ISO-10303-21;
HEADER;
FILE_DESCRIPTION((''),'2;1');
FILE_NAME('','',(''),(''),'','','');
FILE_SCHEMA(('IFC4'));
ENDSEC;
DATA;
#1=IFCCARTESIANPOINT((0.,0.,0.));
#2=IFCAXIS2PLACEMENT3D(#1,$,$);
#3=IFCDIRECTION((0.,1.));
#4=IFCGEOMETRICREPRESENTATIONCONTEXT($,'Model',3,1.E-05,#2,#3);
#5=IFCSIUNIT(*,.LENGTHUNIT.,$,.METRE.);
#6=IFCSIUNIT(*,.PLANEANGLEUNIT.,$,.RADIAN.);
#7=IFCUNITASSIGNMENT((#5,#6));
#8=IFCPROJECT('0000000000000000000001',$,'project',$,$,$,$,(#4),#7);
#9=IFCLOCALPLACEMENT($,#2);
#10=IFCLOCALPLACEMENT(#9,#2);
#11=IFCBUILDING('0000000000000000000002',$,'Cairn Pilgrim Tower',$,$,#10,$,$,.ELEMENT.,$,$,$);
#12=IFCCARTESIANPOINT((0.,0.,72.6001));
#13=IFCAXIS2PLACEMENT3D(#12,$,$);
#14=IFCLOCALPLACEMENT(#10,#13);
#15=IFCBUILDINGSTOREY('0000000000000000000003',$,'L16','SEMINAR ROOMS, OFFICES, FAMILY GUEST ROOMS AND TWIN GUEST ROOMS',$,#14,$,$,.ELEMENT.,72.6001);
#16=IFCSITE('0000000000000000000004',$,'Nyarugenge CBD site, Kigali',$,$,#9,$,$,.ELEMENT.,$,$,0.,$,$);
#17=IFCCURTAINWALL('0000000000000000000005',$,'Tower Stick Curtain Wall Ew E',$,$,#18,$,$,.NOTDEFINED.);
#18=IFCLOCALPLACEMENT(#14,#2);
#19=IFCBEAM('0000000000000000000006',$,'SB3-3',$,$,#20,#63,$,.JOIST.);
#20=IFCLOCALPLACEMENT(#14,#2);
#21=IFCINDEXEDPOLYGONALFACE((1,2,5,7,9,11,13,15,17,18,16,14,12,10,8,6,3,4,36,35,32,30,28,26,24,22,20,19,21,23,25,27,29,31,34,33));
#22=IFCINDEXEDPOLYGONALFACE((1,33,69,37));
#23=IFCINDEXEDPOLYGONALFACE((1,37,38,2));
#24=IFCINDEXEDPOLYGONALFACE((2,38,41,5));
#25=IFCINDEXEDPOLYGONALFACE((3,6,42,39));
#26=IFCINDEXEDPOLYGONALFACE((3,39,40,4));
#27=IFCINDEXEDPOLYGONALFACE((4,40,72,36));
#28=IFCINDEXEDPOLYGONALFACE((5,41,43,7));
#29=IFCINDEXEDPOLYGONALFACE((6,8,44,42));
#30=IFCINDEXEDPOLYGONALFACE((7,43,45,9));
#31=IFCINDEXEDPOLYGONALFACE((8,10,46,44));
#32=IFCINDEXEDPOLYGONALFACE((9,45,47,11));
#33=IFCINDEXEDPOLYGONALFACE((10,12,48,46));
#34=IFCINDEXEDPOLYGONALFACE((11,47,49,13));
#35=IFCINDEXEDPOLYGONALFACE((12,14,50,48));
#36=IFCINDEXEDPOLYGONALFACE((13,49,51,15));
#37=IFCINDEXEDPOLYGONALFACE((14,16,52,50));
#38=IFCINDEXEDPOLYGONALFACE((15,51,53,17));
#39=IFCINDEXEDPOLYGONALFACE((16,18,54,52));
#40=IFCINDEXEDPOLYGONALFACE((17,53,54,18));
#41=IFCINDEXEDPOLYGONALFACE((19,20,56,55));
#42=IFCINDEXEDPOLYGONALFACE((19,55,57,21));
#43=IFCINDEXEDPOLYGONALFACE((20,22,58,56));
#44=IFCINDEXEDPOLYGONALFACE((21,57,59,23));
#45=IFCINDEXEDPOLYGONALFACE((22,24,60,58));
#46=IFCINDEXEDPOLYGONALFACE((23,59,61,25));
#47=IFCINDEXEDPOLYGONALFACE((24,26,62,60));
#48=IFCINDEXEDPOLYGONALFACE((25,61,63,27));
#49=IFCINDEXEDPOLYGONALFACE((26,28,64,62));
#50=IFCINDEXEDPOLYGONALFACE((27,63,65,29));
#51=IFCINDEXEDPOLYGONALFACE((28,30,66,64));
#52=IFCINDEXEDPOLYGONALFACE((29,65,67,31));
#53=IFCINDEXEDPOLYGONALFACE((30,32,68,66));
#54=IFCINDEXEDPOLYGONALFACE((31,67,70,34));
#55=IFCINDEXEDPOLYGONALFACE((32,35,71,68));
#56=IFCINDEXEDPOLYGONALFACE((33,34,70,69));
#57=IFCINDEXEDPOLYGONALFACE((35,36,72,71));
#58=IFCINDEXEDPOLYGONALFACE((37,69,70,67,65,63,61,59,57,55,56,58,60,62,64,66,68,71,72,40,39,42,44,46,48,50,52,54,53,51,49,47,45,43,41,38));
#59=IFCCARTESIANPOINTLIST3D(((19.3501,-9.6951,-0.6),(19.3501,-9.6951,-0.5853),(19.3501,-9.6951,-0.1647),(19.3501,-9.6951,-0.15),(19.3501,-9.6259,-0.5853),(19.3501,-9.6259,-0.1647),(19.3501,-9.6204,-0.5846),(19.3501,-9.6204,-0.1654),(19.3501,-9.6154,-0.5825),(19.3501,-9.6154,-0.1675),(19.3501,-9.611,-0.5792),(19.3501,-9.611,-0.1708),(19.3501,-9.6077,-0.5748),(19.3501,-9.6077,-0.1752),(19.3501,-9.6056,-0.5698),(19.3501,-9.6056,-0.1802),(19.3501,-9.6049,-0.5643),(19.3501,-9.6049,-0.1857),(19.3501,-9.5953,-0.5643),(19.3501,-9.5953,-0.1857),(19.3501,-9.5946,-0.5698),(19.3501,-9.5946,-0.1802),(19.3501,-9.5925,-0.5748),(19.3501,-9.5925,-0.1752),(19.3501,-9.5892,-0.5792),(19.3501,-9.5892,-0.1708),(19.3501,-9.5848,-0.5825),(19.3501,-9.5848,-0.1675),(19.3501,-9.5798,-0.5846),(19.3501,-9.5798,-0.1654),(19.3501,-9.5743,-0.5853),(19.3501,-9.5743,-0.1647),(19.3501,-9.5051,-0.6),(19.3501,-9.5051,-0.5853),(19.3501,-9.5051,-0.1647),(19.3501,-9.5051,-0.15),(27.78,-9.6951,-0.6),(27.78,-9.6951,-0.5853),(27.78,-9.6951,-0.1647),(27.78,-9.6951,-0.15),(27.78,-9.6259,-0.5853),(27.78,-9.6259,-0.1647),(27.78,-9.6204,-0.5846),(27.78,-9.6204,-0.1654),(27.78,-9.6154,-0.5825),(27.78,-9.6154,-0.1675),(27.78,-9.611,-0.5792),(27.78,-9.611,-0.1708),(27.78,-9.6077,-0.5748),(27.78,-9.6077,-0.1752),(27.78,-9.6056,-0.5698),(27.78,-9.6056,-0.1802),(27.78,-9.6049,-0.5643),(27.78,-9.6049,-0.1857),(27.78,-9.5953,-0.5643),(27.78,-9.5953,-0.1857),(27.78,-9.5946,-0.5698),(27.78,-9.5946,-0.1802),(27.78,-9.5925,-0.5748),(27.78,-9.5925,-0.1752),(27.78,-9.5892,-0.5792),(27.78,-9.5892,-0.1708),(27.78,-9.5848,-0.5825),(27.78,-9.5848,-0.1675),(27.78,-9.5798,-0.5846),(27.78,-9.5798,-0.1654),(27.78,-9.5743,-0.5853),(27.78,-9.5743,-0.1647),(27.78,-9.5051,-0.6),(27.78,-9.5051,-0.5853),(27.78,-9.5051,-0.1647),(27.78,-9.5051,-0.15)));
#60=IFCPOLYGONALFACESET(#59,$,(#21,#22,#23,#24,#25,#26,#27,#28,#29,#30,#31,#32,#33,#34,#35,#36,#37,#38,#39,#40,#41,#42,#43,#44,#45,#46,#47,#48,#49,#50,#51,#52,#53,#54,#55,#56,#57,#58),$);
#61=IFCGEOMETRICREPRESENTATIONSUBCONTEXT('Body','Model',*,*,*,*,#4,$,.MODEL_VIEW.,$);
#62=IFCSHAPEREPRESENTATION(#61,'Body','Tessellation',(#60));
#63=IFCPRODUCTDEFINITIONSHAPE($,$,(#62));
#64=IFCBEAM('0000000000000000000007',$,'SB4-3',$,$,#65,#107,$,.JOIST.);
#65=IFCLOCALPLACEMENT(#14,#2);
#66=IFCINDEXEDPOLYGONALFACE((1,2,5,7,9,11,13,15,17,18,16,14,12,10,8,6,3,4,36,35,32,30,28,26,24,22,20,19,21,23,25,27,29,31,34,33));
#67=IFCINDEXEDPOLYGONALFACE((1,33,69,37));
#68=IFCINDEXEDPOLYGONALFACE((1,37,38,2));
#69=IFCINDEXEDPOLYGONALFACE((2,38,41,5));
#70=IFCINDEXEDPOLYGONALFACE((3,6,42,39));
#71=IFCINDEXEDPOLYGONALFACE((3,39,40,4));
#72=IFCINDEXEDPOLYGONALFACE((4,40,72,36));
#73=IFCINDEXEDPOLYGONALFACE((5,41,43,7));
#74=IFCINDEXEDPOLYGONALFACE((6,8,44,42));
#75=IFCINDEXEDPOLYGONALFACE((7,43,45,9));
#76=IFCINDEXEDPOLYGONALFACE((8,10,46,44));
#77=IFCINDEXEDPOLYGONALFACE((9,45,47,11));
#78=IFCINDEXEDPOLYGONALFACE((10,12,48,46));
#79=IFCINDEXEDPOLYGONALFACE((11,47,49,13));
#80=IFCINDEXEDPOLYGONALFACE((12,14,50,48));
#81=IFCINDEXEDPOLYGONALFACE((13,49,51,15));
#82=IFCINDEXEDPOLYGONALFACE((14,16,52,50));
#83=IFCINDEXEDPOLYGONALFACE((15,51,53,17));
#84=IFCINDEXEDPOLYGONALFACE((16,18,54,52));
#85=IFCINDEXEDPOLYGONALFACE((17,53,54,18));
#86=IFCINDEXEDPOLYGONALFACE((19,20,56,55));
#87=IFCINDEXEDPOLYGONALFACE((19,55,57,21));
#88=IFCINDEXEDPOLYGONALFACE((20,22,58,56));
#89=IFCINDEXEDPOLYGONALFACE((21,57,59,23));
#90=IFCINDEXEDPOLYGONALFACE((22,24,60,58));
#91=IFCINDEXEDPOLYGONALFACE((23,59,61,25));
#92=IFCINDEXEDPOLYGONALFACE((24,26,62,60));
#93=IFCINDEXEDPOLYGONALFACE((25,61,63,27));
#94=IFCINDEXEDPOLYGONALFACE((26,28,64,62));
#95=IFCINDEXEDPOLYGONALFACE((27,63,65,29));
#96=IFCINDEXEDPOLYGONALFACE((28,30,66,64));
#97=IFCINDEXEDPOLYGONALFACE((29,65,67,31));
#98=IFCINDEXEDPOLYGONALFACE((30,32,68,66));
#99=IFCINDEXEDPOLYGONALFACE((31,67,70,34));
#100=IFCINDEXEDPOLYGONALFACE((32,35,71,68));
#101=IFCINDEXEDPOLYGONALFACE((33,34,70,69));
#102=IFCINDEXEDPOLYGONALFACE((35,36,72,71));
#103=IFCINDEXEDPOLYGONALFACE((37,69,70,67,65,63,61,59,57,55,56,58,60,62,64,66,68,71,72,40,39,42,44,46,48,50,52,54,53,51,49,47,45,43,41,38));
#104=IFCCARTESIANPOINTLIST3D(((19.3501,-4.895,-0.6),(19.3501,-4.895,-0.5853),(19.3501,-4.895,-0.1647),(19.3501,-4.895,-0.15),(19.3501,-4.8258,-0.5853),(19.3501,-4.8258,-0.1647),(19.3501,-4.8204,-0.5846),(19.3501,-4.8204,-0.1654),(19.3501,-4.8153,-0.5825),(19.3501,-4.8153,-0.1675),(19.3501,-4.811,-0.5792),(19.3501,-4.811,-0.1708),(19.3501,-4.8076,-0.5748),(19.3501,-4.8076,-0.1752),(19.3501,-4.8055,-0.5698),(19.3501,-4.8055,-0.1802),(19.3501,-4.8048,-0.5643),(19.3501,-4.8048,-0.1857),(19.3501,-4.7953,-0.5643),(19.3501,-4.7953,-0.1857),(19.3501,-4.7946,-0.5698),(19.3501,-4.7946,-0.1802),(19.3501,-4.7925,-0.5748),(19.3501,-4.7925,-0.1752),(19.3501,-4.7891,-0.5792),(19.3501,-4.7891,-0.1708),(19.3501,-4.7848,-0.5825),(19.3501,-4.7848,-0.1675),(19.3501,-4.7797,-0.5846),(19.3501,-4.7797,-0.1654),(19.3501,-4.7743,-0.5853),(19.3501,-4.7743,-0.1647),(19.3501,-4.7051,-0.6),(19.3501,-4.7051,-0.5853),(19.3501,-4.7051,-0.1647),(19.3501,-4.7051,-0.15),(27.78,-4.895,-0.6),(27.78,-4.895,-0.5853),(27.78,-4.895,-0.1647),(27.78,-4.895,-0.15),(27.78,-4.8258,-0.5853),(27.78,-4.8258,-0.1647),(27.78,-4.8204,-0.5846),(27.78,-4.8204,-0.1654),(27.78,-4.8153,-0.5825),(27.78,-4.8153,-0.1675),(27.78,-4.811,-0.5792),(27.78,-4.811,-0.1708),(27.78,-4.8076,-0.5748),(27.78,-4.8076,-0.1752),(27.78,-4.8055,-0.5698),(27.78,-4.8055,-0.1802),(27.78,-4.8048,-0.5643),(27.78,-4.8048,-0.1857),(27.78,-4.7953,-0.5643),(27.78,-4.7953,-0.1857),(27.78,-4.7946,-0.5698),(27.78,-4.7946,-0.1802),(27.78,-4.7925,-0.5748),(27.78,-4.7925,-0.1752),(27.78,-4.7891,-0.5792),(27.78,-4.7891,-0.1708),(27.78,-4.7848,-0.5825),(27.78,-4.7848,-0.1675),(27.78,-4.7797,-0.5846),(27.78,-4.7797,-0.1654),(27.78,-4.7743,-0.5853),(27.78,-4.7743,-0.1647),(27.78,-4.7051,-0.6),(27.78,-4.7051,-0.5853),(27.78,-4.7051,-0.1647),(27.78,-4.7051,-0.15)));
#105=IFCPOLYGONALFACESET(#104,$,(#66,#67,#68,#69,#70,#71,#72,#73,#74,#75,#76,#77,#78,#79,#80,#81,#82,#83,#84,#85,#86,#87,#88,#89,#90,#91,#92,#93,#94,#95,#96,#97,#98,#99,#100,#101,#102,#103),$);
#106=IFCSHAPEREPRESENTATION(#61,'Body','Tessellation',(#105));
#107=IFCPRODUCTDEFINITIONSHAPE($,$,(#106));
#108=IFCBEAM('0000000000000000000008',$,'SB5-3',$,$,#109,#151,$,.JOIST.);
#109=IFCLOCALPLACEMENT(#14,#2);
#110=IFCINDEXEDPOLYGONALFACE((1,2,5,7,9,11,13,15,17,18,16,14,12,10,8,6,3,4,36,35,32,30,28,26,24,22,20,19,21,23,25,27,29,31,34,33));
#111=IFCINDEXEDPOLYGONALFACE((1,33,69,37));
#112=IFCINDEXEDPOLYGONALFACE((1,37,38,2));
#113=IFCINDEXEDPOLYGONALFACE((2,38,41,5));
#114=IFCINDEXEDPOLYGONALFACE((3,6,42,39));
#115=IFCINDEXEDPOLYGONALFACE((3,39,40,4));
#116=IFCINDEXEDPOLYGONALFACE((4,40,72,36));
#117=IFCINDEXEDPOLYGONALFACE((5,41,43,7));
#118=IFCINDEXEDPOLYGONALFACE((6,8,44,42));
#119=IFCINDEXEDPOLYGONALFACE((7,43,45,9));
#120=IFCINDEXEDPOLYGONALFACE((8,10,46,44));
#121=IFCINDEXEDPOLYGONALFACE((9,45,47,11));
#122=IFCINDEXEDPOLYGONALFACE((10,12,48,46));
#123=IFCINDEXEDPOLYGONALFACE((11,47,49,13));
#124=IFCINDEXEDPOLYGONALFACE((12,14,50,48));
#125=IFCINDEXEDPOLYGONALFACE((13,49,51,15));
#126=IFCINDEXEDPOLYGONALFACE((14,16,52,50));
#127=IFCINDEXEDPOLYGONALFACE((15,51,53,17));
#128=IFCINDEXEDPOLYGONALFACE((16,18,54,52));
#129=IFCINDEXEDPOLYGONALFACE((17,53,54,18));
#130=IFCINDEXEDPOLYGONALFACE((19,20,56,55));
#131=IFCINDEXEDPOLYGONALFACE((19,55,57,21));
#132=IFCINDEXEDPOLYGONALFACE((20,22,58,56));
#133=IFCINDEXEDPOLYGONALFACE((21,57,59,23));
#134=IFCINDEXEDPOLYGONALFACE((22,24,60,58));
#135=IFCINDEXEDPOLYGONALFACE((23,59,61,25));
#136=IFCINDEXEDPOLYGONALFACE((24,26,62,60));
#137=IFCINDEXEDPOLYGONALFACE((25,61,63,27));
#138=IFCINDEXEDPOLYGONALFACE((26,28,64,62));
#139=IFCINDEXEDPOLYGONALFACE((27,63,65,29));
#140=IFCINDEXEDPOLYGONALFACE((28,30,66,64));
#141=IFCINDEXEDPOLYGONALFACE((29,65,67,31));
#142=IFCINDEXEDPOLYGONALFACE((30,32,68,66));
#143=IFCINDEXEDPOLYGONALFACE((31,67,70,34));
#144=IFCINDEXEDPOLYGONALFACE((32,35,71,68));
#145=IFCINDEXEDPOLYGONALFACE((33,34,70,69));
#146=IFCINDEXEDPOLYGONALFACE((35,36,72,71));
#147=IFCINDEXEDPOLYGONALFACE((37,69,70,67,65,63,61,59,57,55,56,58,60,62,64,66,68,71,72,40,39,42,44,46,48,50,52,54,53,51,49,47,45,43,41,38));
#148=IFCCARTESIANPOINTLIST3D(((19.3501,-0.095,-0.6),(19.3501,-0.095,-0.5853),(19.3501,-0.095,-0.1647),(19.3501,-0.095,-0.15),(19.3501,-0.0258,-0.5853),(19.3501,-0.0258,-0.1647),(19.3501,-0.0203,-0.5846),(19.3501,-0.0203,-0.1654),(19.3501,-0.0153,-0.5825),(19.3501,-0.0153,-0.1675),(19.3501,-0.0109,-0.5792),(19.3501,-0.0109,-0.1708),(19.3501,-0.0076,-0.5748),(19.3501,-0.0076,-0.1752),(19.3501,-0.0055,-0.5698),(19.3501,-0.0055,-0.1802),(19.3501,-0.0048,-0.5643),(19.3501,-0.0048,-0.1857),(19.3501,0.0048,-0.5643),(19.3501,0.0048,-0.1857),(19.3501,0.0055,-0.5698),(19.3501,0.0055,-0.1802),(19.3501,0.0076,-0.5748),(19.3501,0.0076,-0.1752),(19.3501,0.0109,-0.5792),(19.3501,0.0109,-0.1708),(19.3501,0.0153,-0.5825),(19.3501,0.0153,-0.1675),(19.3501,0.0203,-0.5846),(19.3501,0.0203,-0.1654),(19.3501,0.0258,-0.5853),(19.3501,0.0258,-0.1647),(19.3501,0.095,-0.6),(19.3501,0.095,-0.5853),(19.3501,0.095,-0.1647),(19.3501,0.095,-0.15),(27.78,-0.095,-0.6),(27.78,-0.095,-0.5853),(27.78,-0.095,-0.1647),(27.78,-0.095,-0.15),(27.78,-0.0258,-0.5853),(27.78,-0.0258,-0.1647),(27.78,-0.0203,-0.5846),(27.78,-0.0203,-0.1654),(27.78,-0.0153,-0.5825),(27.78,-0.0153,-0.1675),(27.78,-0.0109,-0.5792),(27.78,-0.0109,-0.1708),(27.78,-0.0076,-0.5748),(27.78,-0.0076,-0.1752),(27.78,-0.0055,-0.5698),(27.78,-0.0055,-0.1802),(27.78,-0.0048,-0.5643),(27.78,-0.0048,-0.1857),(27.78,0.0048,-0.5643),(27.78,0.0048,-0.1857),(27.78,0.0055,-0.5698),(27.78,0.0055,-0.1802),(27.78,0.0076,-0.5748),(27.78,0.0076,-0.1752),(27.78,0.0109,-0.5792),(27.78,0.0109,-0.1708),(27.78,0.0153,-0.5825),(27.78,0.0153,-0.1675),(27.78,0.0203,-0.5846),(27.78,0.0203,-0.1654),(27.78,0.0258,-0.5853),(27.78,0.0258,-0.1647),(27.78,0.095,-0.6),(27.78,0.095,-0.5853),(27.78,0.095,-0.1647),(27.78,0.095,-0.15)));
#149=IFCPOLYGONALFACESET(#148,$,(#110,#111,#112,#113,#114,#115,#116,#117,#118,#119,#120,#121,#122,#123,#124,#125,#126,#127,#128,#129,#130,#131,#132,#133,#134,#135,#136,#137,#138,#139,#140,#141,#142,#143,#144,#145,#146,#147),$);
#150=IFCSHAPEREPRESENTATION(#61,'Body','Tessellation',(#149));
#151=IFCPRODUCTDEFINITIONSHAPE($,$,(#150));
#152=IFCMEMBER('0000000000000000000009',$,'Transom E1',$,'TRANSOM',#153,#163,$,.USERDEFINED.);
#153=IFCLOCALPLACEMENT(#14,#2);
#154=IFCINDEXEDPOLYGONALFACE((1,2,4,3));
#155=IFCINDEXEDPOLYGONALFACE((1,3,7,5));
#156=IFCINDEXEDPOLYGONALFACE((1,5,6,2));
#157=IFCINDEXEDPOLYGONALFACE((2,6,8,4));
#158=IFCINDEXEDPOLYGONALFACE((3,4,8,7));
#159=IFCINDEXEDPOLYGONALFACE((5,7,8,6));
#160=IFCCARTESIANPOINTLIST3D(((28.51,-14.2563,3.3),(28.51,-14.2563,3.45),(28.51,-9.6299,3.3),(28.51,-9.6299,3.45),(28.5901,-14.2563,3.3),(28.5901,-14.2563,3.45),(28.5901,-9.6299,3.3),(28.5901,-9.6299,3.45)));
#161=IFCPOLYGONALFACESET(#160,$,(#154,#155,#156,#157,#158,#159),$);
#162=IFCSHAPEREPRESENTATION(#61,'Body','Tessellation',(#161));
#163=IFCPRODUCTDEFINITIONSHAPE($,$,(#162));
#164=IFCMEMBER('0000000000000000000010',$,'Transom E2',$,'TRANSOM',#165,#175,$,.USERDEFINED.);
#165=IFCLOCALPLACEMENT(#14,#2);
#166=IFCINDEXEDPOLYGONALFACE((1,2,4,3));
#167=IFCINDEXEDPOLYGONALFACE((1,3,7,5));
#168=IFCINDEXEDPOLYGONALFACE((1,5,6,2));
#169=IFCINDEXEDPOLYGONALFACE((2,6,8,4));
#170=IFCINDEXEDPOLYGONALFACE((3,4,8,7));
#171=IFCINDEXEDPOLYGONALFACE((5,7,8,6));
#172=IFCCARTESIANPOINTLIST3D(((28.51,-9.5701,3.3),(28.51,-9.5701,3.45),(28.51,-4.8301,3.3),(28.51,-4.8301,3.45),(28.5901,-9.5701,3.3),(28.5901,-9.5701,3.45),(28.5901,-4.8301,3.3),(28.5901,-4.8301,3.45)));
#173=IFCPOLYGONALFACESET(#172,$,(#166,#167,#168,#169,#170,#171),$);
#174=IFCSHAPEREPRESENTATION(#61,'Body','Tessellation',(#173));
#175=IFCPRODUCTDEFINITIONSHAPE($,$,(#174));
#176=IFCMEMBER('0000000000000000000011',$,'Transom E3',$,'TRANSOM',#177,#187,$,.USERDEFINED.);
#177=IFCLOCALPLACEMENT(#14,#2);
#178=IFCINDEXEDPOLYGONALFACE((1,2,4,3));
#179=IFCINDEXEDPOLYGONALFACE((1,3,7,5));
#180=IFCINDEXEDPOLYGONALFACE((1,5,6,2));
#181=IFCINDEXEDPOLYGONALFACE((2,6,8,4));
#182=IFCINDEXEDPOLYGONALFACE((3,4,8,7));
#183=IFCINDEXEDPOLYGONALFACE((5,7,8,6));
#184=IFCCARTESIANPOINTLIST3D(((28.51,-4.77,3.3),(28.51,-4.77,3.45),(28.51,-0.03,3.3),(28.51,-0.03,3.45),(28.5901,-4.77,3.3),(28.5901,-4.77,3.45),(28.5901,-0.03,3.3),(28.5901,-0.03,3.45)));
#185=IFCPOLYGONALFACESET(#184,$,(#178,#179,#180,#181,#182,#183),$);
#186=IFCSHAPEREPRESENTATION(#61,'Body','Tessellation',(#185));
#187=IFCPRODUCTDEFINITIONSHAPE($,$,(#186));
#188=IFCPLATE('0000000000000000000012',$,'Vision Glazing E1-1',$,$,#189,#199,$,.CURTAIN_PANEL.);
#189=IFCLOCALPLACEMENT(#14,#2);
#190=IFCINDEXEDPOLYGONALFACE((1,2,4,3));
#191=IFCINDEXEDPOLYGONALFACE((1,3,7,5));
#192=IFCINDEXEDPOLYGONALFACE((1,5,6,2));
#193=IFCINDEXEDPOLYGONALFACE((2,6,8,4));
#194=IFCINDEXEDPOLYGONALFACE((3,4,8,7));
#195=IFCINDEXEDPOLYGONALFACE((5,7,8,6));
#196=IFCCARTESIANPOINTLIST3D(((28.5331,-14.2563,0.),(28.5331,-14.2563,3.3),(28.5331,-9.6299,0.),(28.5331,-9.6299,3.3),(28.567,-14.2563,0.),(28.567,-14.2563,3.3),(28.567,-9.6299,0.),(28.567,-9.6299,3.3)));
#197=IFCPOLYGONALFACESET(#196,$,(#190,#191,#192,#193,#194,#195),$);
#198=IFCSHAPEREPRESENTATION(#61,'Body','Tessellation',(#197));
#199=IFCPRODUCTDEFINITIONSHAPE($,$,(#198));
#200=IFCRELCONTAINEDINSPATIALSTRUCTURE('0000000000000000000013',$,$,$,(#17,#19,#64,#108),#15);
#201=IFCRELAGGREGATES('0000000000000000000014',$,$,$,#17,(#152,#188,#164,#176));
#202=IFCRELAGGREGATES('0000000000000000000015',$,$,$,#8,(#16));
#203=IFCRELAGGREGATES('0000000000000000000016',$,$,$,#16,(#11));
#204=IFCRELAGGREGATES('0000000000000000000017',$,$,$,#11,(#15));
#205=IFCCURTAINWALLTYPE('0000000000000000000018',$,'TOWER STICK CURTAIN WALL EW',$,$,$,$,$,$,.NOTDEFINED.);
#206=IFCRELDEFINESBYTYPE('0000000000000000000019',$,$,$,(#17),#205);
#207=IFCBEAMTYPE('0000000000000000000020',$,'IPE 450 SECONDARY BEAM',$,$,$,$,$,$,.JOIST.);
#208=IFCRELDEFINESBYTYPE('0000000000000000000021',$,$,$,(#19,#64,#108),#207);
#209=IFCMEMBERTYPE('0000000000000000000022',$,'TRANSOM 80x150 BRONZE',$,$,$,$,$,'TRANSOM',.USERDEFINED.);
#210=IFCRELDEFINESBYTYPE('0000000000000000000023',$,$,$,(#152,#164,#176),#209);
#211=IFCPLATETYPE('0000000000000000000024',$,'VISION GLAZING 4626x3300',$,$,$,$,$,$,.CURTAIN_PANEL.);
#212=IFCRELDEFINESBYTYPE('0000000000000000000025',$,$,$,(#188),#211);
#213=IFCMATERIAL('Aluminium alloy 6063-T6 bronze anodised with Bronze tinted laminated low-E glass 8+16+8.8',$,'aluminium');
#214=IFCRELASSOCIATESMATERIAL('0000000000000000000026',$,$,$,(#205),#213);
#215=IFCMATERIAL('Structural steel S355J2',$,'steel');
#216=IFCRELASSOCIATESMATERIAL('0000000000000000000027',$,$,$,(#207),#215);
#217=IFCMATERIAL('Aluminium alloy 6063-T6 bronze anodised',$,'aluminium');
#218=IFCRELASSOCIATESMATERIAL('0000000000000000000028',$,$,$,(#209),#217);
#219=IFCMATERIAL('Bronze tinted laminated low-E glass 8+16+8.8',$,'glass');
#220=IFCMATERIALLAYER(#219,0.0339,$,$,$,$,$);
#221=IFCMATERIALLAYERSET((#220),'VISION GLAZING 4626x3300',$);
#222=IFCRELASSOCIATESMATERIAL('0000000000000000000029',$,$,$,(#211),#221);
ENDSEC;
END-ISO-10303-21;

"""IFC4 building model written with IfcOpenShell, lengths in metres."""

from ifc_helpers import new_model, si_unit, direction, frame, origin, origin_2d, place, context, subcontext, project, spatial, rectangle, i_section, extrude, material, layer, layer_set, material_profile, profile_set, type_object, element, aggregate, save


model = new_model("IFC4")

# Units and contexts
model_context = context("Model", 3, precision=1e-05, world=origin(), true_north=direction((0.0, 1.0)))
body_context = subcontext(model_context, "Body", "Model", "MODEL_VIEW")
ifc_project = project(units=[si_unit("LENGTHUNIT", "METRE"), si_unit("PLANEANGLEUNIT", "RADIAN")], contexts=[model_context])

# Site, building, storey
site_placement = place(None, origin())
site = spatial("IfcSite", under=ifc_project, at=site_placement, Name="Nyarugenge CBD site, Kigali", CompositionType="ELEMENT", RefElevation=0.0)
building_placement = place(site_placement, origin())
building = spatial("IfcBuilding", under=site, at=building_placement, Name="Cairn Pilgrim Tower", CompositionType="ELEMENT")
storey_placement = place(building_placement, frame((0.0, 0.0, 72.6001)))
storey = spatial("IfcBuildingStorey", under=building, at=storey_placement, Name="L16", Description="SEMINAR ROOMS, OFFICES, FAMILY GUEST ROOMS AND TWIN GUEST ROOMS", CompositionType="ELEMENT", Elevation=72.6001)

# Curtain wall
ifc_material_1 = material(Name="Aluminium alloy 6063-T6 bronze anodised with Bronze tinted laminated low-E glass 8+16+8.8", Category="aluminium")
curtain_wall_type = type_object("IfcCurtainWallType", Name="TOWER STICK CURTAIN WALL EW", PredefinedType="NOTDEFINED", material=ifc_material_1)
curtain_wall_placement = place(storey_placement, origin())
curtain_wall = element("IfcCurtainWall", 1, at=curtain_wall_placement, inside=storey, type_object=curtain_wall_type, Name="Tower Stick Curtain Wall Ew E", PredefinedType="NOTDEFINED")
ifc_material_2 = material(Name="Aluminium alloy 6063-T6 bronze anodised", Category="aluminium")

# Beams
ifc_material_3 = material(Name="Structural steel S355J2", Category="steel")
ifc_material_profile_1 = material_profile(ifc_material_3, i_section(OverallWidth=0.1899, OverallDepth=0.45, WebThickness=0.0095, FlangeThickness=0.0146, FilletRadius=0.021, at=origin_2d()), Name="IPE 450")
ifc_profile_set_1 = profile_set([ifc_material_profile_1], Name="Structural steel S355J2")
beam_type_1 = type_object("IfcBeamType", Name="IPE 450 SECONDARY BEAM", PredefinedType="JOIST", material=ifc_profile_set_1)
for number, where, z_axis, x_axis, name in (
    (2, (19.3501, -9.6001, -0.375), (1.0, 0.0, 0.0), (0.0, 1.0, 0.0), "SB3-3"),
    (3, (19.3501, -4.8, -0.375), (1.0, 0.0, 0.0), (0.0, 1.0, 0.0), "SB4-3"),
    (4, (19.3501, 0.0, -0.375), (1.0, 0.0, 0.0), (0.0, 1.0, 0.0), "SB5-3"),
):
    element("IfcBeam", number, at=place(storey_placement, frame(where, z_axis=z_axis, x_axis=x_axis)), inside=storey, type_object=beam_type_1, Name=name, PredefinedType="JOIST", context=body_context, shape_type="SweptSolid", body=[
        extrude(i_section(OverallWidth=0.1899, OverallDepth=0.45, WebThickness=0.0095, FlangeThickness=0.0146, FilletRadius=0.021, at=origin_2d()), origin(), (0.0, 0.0, 1.0), 8.4299),
    ])

# Members
ifc_material_profile_2 = material_profile(ifc_material_2, rectangle(XDim=0.0801, YDim=0.1499, at=origin_2d()), Name="TRANSOM 80x150 BRONZE")
ifc_profile_set_2 = profile_set([ifc_material_profile_2], Name="Aluminium alloy 6063-T6 bronze anodised")
member_type_1 = type_object("IfcMemberType", Name="TRANSOM 80x150 BRONZE", ElementType="TRANSOM", PredefinedType="USERDEFINED", material=ifc_profile_set_2)
member_1_placement = place(storey_placement, frame((28.55, -14.2563, 3.375), z_axis=(0.0, 1.0, 0.0), x_axis=(-1.0, 0.0, 0.0)))
member_1 = element("IfcMember", 5, at=member_1_placement, type_object=member_type_1, Name="Transom E1", ObjectType="TRANSOM", PredefinedType="USERDEFINED", context=body_context, shape_type="SweptSolid", body=[
    extrude(rectangle(XDim=0.0801, YDim=0.1499, at=origin_2d()), origin(), (0.0, 0.0, 1.0), 4.6265),
])
member_2_placement = place(storey_placement, frame((28.55, -9.5701, 3.375), z_axis=(0.0, 1.0, 0.0), x_axis=(-1.0, 0.0, 0.0)))
member_2 = element("IfcMember", 6, at=member_2_placement, type_object=member_type_1, Name="Transom E2", ObjectType="TRANSOM", PredefinedType="USERDEFINED", context=body_context, shape_type="SweptSolid", body=[
    extrude(rectangle(XDim=0.0801, YDim=0.1499, at=origin_2d()), origin(), (0.0, 0.0, 1.0), 4.74),
])
member_3_placement = place(storey_placement, frame((28.55, -4.77, 3.375), z_axis=(0.0, 1.0, 0.0), x_axis=(-1.0, 0.0, 0.0)))
member_3 = element("IfcMember", 7, at=member_3_placement, type_object=member_type_1, Name="Transom E3", ObjectType="TRANSOM", PredefinedType="USERDEFINED", context=body_context, shape_type="SweptSolid", body=[
    extrude(rectangle(XDim=0.0801, YDim=0.1499, at=origin_2d()), origin(), (0.0, 0.0, 1.0), 4.74),
])

# Plate
ifc_material_4 = material(Name="Bronze tinted laminated low-E glass 8+16+8.8", Category="glass")
ifc_layer_1 = layer(ifc_material_4, 0.0339)
ifc_layer_set_1 = layer_set([ifc_layer_1], Name="VISION GLAZING 4626x3300")
plate_type_1 = type_object("IfcPlateType", Name="VISION GLAZING 4626x3300", PredefinedType="CURTAIN_PANEL", material=ifc_layer_set_1)
plate_1_placement = place(storey_placement, frame((28.55, -11.9431, 0.0), z_axis=(0.0, 0.0, 1.0), x_axis=(0.0, 1.0, 0.0)))
plate_1 = element("IfcPlate", 8, at=plate_1_placement, type_object=plate_type_1, Name="Vision Glazing E1-1", PredefinedType="CURTAIN_PANEL", context=body_context, shape_type="SweptSolid", body=[
    extrude(rectangle(XDim=4.6265, YDim=0.0339, at=origin_2d()), origin(), (0.0, 0.0, 1.0), 3.3),
])
aggregate(curtain_wall, [member_1, plate_1, member_2, member_3])

save(model, "model.ifc")
